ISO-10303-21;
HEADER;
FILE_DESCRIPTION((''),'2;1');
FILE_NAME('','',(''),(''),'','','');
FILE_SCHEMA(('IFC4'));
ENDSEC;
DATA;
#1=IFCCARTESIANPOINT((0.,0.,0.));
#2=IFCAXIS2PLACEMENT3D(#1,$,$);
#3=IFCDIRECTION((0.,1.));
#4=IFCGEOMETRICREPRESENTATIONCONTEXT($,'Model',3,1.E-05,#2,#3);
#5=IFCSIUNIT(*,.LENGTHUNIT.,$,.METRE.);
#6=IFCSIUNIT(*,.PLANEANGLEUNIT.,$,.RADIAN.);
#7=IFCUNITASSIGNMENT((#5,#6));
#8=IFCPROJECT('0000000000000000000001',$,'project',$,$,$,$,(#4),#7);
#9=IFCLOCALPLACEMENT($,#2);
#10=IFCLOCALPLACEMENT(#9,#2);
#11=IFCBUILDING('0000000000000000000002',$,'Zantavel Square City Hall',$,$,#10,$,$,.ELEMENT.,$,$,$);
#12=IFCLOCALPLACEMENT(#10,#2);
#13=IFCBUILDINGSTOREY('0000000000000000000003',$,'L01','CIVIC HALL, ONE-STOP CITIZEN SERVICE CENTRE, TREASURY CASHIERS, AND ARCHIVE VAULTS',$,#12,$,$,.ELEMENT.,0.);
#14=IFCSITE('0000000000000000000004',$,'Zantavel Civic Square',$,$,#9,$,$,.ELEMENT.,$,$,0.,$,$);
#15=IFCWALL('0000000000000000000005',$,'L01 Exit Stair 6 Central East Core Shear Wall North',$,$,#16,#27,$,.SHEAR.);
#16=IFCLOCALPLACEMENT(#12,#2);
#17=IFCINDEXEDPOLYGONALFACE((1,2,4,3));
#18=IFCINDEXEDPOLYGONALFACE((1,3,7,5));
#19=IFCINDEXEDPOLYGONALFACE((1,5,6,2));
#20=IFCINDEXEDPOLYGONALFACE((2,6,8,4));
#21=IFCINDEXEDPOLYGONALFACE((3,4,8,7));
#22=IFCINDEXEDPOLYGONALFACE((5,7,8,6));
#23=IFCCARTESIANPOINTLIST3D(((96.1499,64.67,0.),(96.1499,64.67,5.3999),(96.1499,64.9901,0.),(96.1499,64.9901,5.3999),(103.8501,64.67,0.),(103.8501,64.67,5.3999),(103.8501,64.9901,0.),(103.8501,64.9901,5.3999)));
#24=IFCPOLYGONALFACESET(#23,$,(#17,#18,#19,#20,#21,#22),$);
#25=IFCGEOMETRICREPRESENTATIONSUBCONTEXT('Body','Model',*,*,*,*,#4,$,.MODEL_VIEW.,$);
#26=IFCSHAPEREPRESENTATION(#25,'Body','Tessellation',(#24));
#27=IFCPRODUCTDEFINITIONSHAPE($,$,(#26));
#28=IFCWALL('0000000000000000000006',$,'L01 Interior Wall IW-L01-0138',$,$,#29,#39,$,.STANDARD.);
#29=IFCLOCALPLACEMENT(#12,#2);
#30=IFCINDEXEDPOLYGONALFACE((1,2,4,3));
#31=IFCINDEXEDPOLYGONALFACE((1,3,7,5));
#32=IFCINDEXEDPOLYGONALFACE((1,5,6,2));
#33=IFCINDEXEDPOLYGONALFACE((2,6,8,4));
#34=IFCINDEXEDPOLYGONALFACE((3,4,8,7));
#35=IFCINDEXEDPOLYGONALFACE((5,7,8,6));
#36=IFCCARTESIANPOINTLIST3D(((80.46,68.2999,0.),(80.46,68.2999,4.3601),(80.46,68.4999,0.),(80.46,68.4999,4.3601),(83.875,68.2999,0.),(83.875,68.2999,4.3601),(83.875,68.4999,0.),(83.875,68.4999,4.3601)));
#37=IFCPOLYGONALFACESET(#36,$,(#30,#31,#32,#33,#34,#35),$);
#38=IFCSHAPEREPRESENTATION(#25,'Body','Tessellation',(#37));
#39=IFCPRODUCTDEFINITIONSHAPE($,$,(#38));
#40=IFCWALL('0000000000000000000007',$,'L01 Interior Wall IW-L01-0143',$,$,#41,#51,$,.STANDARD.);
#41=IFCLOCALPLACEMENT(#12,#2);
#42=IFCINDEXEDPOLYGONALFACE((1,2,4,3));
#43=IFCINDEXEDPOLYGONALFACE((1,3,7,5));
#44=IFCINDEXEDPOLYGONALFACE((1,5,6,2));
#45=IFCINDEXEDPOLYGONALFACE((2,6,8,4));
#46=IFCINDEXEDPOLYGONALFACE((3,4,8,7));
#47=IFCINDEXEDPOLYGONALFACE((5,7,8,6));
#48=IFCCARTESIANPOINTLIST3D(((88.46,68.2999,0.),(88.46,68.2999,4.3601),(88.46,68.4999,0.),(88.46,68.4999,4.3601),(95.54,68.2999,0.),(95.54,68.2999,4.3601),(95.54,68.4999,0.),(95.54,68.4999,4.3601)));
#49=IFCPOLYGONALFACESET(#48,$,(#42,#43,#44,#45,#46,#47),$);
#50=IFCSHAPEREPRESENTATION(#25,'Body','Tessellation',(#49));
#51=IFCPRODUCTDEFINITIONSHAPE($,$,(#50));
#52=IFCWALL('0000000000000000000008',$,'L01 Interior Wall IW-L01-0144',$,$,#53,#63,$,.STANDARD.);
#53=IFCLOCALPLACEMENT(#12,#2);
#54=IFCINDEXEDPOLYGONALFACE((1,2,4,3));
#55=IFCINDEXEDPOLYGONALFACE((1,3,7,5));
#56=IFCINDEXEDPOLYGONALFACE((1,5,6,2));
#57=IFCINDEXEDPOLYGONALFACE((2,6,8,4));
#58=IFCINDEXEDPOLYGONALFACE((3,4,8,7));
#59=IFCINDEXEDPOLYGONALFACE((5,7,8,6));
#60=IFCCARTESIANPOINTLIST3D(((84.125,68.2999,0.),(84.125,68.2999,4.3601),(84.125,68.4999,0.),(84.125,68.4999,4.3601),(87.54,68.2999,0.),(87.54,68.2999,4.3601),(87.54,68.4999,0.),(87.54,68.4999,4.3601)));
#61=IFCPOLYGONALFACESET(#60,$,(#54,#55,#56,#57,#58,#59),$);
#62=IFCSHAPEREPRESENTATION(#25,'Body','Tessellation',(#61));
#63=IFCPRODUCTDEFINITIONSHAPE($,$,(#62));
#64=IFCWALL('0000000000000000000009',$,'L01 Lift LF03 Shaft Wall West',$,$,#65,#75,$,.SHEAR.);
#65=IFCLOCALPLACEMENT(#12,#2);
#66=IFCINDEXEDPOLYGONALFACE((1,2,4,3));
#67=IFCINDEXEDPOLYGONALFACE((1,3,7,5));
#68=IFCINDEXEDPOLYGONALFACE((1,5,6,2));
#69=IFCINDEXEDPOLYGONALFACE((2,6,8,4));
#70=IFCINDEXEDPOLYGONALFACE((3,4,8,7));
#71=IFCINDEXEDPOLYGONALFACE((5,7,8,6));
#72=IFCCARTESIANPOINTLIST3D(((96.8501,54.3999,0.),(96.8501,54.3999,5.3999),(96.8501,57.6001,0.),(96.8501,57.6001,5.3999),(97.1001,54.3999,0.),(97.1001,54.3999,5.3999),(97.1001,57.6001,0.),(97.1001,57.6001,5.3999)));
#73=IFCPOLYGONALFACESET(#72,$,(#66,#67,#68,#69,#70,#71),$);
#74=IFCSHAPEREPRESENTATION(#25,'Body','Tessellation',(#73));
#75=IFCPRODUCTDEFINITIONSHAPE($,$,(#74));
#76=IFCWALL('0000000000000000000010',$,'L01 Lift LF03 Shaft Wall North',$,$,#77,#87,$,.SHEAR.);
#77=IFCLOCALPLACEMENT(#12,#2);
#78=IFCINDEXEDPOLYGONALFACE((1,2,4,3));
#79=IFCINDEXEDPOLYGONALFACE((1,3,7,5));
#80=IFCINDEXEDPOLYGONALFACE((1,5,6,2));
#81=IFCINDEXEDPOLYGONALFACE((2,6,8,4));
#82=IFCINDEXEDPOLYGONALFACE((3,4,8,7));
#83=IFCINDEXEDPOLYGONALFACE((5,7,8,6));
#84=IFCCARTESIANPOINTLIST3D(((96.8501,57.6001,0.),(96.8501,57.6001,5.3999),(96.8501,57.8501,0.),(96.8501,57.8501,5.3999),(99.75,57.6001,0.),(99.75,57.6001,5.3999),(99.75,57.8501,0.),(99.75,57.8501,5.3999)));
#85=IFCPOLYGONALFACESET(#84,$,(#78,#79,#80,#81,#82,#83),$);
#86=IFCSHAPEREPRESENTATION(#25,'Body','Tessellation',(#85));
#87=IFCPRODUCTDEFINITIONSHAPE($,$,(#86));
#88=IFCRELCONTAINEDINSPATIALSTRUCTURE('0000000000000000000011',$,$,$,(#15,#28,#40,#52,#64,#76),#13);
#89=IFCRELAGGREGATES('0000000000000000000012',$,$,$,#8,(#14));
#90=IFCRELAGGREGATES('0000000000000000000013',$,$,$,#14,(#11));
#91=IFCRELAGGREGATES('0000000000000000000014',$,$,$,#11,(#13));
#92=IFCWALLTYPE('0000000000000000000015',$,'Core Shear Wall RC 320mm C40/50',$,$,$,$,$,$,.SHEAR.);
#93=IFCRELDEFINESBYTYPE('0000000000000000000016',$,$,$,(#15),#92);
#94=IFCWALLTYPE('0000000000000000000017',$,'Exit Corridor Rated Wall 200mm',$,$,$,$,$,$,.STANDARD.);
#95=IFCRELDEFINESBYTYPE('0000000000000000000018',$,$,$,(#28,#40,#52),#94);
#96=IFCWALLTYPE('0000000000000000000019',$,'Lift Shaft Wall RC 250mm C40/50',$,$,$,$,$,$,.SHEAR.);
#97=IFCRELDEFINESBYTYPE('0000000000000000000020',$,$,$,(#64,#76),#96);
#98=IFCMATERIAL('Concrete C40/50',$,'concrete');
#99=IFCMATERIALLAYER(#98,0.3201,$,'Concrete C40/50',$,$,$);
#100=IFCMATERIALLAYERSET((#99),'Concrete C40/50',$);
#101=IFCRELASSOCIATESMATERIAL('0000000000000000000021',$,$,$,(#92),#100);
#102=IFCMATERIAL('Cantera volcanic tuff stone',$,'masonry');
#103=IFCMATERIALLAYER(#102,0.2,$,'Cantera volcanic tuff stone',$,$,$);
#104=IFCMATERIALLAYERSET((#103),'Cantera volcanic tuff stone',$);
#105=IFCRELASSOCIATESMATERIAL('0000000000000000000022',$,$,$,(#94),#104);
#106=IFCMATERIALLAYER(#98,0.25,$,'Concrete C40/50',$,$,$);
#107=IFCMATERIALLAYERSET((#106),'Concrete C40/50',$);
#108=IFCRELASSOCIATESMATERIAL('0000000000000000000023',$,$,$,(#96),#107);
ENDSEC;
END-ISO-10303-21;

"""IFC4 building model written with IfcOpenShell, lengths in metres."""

from ifc_helpers import new_model, si_unit, direction, frame, frame_2d, origin, place, context, subcontext, project, spatial, rectangle, extrude, material, layer, layer_set, type_object, element, save


model = new_model("IFC4")

# Units and contexts
model_context = context("Model", 3, precision=1e-05, world=origin(), true_north=direction((0.0, 1.0)))
body_context = subcontext(model_context, "Body", "Model", "MODEL_VIEW")
ifc_project = project(units=[si_unit("LENGTHUNIT", "METRE"), si_unit("PLANEANGLEUNIT", "RADIAN")], contexts=[model_context])

# Site, building, storey
site_placement = place(None, origin())
site = spatial("IfcSite", under=ifc_project, at=site_placement, Name="Zantavel Civic Square", CompositionType="ELEMENT", RefElevation=0.0)
building_placement = place(site_placement, origin())
building = spatial("IfcBuilding", under=site, at=building_placement, Name="Zantavel Square City Hall", CompositionType="ELEMENT")
storey_placement = place(building_placement, origin())
storey = spatial("IfcBuildingStorey", under=building, at=storey_placement, Name="L01", Description="CIVIC HALL, ONE-STOP CITIZEN SERVICE CENTRE, TREASURY CASHIERS, AND ARCHIVE VAULTS", CompositionType="ELEMENT", Elevation=0.0)

# Shared definitions
ifc_material_1 = material(Name="Concrete C40/50", Category="concrete")

# Walls
ifc_layer_1 = layer(ifc_material_1, 0.3201, Name="Concrete C40/50")
ifc_layer_set_1 = layer_set([ifc_layer_1], Name="Concrete C40/50")
wall_type_1 = type_object("IfcWallType", Name="Core Shear Wall RC 320mm C40/50", PredefinedType="SHEAR", material=ifc_layer_set_1)
wall_1_placement = place(storey_placement, frame((96.1499, 64.8301, 0.0), z_axis=(0.0, 0.0, 1.0), x_axis=(1.0, 0.0, 0.0)))
element("IfcWall", 1, at=wall_1_placement, inside=storey, type_object=wall_type_1, Name="L01 Exit Stair 6 Central East Core Shear Wall North", PredefinedType="SHEAR", context=body_context, shape_type="SweptSolid", body=[
    extrude(rectangle(XDim=7.7002, YDim=0.3201, at=frame_2d((3.8501, 0.0))), origin(), (0.0, 0.0, 1.0), 5.3999),
])
ifc_material_2 = material(Name="Cantera volcanic tuff stone", Category="masonry")
ifc_layer_2 = layer(ifc_material_2, 0.2, Name="Cantera volcanic tuff stone")
ifc_layer_set_2 = layer_set([ifc_layer_2], Name="Cantera volcanic tuff stone")
wall_type_2 = type_object("IfcWallType", Name="Exit Corridor Rated Wall 200mm", PredefinedType="STANDARD", material=ifc_layer_set_2)
wall_2_placement = place(storey_placement, frame((83.875, 68.3999, 0.0), z_axis=(0.0, 0.0, 1.0), x_axis=(-1.0, 0.0, 0.0)))
element("IfcWall", 2, at=wall_2_placement, inside=storey, type_object=wall_type_2, Name="L01 Interior Wall IW-L01-0138", PredefinedType="STANDARD", context=body_context, shape_type="SweptSolid", body=[
    extrude(rectangle(XDim=3.415, YDim=0.2, at=frame_2d((1.7075, 0.0))), origin(), (0.0, 0.0, 1.0), 4.3601),
])
wall_3_placement = place(storey_placement, frame((95.54, 68.3999, 0.0), z_axis=(0.0, 0.0, 1.0), x_axis=(-1.0, 0.0, 0.0)))
element("IfcWall", 3, at=wall_3_placement, inside=storey, type_object=wall_type_2, Name="L01 Interior Wall IW-L01-0143", PredefinedType="STANDARD", context=body_context, shape_type="SweptSolid", body=[
    extrude(rectangle(XDim=7.0801, YDim=0.2, at=frame_2d((3.54, 0.0))), origin(), (0.0, 0.0, 1.0), 4.3601),
])
wall_4_placement = place(storey_placement, frame((87.54, 68.3999, 0.0), z_axis=(0.0, 0.0, 1.0), x_axis=(-1.0, 0.0, 0.0)))
element("IfcWall", 4, at=wall_4_placement, inside=storey, type_object=wall_type_2, Name="L01 Interior Wall IW-L01-0144", PredefinedType="STANDARD", context=body_context, shape_type="SweptSolid", body=[
    extrude(rectangle(XDim=3.415, YDim=0.2, at=frame_2d((1.7075, 0.0))), origin(), (0.0, 0.0, 1.0), 4.3601),
])
ifc_layer_3 = layer(ifc_material_1, 0.25, Name="Concrete C40/50")
ifc_layer_set_3 = layer_set([ifc_layer_3], Name="Concrete C40/50")
wall_type_3 = type_object("IfcWallType", Name="Lift Shaft Wall RC 250mm C40/50", PredefinedType="SHEAR", material=ifc_layer_set_3)
wall_5_placement = place(storey_placement, frame((96.9751, 54.3999, 0.0), z_axis=(0.0, 0.0, 1.0), x_axis=(0.0, 1.0, 0.0)))
element("IfcWall", 5, at=wall_5_placement, inside=storey, type_object=wall_type_3, Name="L01 Lift LF03 Shaft Wall West", PredefinedType="SHEAR", context=body_context, shape_type="SweptSolid", body=[
    extrude(rectangle(XDim=3.2002, YDim=0.25, at=frame_2d((1.6001, 0.0))), origin(), (0.0, 0.0, 1.0), 5.3999),
])
wall_6_placement = place(storey_placement, frame((96.8501, 57.7251, 0.0), z_axis=(0.0, 0.0, 1.0), x_axis=(1.0, 0.0, 0.0)))
element("IfcWall", 6, at=wall_6_placement, inside=storey, type_object=wall_type_3, Name="L01 Lift LF03 Shaft Wall North", PredefinedType="SHEAR", context=body_context, shape_type="SweptSolid", body=[
    extrude(rectangle(XDim=2.8999, YDim=0.25, at=frame_2d((1.45, 0.0))), origin(), (0.0, 0.0, 1.0), 5.3999),
])

save(model, "model.ifc")
